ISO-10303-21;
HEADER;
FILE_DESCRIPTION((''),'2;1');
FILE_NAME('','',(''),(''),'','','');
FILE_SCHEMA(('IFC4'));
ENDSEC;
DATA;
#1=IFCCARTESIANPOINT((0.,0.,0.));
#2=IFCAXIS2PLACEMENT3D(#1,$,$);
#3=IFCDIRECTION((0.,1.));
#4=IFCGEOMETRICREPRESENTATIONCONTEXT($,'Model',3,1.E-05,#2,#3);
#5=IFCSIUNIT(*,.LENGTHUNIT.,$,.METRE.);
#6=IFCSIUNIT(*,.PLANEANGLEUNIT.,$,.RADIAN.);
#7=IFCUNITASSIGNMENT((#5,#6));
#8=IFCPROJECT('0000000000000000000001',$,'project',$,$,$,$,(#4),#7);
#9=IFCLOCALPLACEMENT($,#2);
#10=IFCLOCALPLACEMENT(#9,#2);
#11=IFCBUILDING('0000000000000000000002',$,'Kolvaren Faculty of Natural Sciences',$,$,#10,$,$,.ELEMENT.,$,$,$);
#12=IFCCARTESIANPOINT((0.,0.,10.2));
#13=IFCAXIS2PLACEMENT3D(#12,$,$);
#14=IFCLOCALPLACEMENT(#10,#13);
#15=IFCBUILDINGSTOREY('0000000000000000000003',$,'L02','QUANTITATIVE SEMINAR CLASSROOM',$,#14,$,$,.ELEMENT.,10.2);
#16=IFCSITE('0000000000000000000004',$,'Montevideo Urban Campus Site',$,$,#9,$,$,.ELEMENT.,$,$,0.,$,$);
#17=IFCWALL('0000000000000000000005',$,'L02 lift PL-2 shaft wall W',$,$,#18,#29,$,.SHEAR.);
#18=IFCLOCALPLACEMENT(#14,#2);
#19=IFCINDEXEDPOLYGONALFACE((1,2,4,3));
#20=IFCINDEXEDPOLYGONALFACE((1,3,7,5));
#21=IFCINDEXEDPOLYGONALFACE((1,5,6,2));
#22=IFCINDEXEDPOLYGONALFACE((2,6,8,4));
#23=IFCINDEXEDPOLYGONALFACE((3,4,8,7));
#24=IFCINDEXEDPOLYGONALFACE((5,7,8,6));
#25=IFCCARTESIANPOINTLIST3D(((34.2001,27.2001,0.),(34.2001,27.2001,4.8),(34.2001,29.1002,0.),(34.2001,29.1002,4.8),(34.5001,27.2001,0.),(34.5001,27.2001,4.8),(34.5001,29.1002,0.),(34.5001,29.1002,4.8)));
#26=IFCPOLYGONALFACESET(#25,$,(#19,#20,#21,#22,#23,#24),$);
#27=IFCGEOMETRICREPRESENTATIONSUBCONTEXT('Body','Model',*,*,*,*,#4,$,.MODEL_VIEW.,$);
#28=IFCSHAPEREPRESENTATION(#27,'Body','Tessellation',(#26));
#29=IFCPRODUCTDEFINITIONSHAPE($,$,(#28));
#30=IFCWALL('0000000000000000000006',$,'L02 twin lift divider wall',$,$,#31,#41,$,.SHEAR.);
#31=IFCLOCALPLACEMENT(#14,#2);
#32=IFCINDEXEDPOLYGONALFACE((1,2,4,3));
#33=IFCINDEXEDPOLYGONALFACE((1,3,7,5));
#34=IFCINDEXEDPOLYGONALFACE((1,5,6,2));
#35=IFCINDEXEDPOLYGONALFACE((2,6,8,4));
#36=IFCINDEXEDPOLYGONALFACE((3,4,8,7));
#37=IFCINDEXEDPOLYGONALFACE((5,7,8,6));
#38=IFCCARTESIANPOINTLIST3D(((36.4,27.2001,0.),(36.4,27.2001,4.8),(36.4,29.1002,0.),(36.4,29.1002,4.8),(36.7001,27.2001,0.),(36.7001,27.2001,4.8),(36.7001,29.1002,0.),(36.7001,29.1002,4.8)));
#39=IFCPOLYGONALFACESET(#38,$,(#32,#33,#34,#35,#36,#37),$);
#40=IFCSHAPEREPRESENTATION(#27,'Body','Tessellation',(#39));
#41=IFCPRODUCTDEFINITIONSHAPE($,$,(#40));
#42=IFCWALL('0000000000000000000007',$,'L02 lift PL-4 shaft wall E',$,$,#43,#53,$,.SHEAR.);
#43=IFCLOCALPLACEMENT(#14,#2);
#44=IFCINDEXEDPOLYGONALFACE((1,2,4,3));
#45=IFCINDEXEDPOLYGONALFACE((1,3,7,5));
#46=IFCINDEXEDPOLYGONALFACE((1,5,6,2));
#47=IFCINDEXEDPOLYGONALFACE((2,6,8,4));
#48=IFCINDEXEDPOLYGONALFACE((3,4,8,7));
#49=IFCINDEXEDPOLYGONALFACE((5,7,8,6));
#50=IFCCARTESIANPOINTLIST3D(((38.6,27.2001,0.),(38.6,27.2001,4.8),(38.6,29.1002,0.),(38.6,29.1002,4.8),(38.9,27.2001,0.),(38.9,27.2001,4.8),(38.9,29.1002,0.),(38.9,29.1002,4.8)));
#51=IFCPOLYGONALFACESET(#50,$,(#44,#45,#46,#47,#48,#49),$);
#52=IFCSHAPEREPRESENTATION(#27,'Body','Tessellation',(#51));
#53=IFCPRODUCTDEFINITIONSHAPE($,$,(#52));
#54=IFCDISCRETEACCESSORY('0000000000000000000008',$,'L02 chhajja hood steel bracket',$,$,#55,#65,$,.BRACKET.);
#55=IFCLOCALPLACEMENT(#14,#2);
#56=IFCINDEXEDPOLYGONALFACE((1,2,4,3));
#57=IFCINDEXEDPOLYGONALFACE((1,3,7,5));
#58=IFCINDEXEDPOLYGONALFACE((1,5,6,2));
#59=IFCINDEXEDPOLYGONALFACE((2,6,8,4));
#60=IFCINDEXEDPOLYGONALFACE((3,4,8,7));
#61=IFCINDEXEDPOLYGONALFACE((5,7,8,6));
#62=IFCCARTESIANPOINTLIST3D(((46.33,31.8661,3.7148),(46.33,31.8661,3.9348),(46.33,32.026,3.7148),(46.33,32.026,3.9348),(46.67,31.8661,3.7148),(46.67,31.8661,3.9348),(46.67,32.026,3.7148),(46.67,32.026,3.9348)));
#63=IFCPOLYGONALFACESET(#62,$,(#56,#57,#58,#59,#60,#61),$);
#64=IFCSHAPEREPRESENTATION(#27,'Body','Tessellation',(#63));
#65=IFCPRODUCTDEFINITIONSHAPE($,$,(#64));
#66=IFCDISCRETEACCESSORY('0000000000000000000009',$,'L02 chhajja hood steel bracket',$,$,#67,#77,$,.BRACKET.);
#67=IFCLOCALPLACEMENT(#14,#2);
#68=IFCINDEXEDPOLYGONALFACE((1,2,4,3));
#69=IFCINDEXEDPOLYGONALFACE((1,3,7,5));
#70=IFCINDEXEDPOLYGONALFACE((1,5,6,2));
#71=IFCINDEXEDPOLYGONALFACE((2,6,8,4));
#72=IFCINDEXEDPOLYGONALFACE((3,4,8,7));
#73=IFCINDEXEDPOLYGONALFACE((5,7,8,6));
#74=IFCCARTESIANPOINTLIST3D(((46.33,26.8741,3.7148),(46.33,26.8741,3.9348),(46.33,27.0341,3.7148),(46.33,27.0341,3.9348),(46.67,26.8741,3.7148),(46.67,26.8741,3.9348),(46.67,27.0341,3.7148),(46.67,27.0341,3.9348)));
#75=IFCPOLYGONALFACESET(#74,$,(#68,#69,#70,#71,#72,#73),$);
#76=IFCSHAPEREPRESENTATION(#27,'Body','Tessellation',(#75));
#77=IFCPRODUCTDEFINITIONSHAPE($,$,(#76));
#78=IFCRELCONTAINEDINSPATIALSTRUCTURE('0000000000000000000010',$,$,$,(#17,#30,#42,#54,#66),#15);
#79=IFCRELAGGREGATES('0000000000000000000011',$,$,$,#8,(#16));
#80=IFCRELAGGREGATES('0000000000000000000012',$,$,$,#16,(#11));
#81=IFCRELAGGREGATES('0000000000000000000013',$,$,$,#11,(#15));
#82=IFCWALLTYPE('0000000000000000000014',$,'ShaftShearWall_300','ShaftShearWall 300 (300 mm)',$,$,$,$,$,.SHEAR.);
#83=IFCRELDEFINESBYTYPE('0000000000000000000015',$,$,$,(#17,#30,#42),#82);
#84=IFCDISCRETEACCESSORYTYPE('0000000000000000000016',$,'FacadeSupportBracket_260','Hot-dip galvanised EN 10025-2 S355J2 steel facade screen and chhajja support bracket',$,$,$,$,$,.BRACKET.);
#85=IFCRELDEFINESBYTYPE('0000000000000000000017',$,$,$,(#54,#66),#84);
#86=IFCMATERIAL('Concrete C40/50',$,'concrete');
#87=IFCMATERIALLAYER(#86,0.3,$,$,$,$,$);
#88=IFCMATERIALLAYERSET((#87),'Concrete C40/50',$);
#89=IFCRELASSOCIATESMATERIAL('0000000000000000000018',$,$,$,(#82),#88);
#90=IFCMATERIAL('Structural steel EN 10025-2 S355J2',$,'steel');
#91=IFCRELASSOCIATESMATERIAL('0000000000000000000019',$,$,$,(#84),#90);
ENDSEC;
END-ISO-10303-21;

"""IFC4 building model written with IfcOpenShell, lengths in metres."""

from ifc_helpers import new_model, si_unit, direction, frame, frame_2d, origin, origin_2d, place, context, subcontext, project, spatial, rectangle, extrude, material, layer, layer_set, type_object, element, save


model = new_model("IFC4")

# Units and contexts
model_context = context("Model", 3, precision=1e-05, world=origin(), true_north=direction((0.0, 1.0)))
body_context = subcontext(model_context, "Body", "Model", "MODEL_VIEW")
ifc_project = project(units=[si_unit("LENGTHUNIT", "METRE"), si_unit("PLANEANGLEUNIT", "RADIAN")], contexts=[model_context])

# Site, building, storey
site_placement = place(None, origin())
site = spatial("IfcSite", under=ifc_project, at=site_placement, Name="Montevideo Urban Campus Site", CompositionType="ELEMENT", RefElevation=0.0)
building_placement = place(site_placement, origin())
building = spatial("IfcBuilding", under=site, at=building_placement, Name="Kolvaren Faculty of Natural Sciences", CompositionType="ELEMENT")
storey_placement = place(building_placement, frame((0.0, 0.0, 10.2)))
storey = spatial("IfcBuildingStorey", under=building, at=storey_placement, Name="L02", Description="QUANTITATIVE SEMINAR CLASSROOM", CompositionType="ELEMENT", Elevation=10.2)

# Shared definitions
ifc_material_1 = material(Name="Concrete C40/50", Category="concrete")
ifc_layer_1 = layer(ifc_material_1, 0.3)
ifc_layer_set_1 = layer_set([ifc_layer_1], Name="Concrete C40/50")
wall_type_1 = type_object("IfcWallType", Name="ShaftShearWall_300", Description="ShaftShearWall 300 (300 mm)", PredefinedType="SHEAR", material=ifc_layer_set_1)

# Walls
for number, where, z_axis, x_axis, name in (
    (1, (34.3501, 27.2, 0.0), (0.0, 0.0, 1.0), (0.0, 1.0, 0.0), "L02 lift PL-2 shaft wall W"),
    (2, (36.55, 27.2, 0.0), (0.0, 0.0, 1.0), (0.0, 1.0, 0.0), "L02 twin lift divider wall"),
    (3, (38.75, 27.2, 0.0), (0.0, 0.0, 1.0), (0.0, 1.0, 0.0), "L02 lift PL-4 shaft wall E"),
):
    element("IfcWall", number, at=place(storey_placement, frame(where, z_axis=z_axis, x_axis=x_axis)), inside=storey, type_object=wall_type_1, Name=name, PredefinedType="SHEAR", context=body_context, shape_type="SweptSolid", body=[
        extrude(rectangle(XDim=1.9001, YDim=0.3, at=frame_2d((0.9502, 0.0))), origin(), (0.0, 0.0, 1.0), 4.8),
    ])

# Discrete accessories
ifc_material_2 = material(Name="Structural steel EN 10025-2 S355J2", Category="steel")
discrete_accessory_type = type_object("IfcDiscreteAccessoryType", Name="FacadeSupportBracket_260", Description="Hot-dip galvanised EN 10025-2 S355J2 steel facade screen and chhajja support bracket", PredefinedType="BRACKET", material=ifc_material_2)
for number, where, z_axis, x_axis, name in (
    (4, (46.5, 31.946, 3.7148), (0.0, 0.0, 1.0), (0.0, -1.0, 0.0), "L02 chhajja hood steel bracket"),
    (5, (46.5, 26.9541, 3.7148), (0.0, 0.0, 1.0), (0.0, -1.0, 0.0), "L02 chhajja hood steel bracket"),
):
    element("IfcDiscreteAccessory", number, at=place(storey_placement, frame(where, z_axis=z_axis, x_axis=x_axis)), inside=storey, type_object=discrete_accessory_type, Name=name, PredefinedType="BRACKET", context=body_context, shape_type="SweptSolid", body=[
        extrude(rectangle(XDim=0.1599, YDim=0.3401, at=origin_2d()), origin(), (0.0, 0.0, 1.0), 0.22),
    ])

save(model, "model.ifc")
